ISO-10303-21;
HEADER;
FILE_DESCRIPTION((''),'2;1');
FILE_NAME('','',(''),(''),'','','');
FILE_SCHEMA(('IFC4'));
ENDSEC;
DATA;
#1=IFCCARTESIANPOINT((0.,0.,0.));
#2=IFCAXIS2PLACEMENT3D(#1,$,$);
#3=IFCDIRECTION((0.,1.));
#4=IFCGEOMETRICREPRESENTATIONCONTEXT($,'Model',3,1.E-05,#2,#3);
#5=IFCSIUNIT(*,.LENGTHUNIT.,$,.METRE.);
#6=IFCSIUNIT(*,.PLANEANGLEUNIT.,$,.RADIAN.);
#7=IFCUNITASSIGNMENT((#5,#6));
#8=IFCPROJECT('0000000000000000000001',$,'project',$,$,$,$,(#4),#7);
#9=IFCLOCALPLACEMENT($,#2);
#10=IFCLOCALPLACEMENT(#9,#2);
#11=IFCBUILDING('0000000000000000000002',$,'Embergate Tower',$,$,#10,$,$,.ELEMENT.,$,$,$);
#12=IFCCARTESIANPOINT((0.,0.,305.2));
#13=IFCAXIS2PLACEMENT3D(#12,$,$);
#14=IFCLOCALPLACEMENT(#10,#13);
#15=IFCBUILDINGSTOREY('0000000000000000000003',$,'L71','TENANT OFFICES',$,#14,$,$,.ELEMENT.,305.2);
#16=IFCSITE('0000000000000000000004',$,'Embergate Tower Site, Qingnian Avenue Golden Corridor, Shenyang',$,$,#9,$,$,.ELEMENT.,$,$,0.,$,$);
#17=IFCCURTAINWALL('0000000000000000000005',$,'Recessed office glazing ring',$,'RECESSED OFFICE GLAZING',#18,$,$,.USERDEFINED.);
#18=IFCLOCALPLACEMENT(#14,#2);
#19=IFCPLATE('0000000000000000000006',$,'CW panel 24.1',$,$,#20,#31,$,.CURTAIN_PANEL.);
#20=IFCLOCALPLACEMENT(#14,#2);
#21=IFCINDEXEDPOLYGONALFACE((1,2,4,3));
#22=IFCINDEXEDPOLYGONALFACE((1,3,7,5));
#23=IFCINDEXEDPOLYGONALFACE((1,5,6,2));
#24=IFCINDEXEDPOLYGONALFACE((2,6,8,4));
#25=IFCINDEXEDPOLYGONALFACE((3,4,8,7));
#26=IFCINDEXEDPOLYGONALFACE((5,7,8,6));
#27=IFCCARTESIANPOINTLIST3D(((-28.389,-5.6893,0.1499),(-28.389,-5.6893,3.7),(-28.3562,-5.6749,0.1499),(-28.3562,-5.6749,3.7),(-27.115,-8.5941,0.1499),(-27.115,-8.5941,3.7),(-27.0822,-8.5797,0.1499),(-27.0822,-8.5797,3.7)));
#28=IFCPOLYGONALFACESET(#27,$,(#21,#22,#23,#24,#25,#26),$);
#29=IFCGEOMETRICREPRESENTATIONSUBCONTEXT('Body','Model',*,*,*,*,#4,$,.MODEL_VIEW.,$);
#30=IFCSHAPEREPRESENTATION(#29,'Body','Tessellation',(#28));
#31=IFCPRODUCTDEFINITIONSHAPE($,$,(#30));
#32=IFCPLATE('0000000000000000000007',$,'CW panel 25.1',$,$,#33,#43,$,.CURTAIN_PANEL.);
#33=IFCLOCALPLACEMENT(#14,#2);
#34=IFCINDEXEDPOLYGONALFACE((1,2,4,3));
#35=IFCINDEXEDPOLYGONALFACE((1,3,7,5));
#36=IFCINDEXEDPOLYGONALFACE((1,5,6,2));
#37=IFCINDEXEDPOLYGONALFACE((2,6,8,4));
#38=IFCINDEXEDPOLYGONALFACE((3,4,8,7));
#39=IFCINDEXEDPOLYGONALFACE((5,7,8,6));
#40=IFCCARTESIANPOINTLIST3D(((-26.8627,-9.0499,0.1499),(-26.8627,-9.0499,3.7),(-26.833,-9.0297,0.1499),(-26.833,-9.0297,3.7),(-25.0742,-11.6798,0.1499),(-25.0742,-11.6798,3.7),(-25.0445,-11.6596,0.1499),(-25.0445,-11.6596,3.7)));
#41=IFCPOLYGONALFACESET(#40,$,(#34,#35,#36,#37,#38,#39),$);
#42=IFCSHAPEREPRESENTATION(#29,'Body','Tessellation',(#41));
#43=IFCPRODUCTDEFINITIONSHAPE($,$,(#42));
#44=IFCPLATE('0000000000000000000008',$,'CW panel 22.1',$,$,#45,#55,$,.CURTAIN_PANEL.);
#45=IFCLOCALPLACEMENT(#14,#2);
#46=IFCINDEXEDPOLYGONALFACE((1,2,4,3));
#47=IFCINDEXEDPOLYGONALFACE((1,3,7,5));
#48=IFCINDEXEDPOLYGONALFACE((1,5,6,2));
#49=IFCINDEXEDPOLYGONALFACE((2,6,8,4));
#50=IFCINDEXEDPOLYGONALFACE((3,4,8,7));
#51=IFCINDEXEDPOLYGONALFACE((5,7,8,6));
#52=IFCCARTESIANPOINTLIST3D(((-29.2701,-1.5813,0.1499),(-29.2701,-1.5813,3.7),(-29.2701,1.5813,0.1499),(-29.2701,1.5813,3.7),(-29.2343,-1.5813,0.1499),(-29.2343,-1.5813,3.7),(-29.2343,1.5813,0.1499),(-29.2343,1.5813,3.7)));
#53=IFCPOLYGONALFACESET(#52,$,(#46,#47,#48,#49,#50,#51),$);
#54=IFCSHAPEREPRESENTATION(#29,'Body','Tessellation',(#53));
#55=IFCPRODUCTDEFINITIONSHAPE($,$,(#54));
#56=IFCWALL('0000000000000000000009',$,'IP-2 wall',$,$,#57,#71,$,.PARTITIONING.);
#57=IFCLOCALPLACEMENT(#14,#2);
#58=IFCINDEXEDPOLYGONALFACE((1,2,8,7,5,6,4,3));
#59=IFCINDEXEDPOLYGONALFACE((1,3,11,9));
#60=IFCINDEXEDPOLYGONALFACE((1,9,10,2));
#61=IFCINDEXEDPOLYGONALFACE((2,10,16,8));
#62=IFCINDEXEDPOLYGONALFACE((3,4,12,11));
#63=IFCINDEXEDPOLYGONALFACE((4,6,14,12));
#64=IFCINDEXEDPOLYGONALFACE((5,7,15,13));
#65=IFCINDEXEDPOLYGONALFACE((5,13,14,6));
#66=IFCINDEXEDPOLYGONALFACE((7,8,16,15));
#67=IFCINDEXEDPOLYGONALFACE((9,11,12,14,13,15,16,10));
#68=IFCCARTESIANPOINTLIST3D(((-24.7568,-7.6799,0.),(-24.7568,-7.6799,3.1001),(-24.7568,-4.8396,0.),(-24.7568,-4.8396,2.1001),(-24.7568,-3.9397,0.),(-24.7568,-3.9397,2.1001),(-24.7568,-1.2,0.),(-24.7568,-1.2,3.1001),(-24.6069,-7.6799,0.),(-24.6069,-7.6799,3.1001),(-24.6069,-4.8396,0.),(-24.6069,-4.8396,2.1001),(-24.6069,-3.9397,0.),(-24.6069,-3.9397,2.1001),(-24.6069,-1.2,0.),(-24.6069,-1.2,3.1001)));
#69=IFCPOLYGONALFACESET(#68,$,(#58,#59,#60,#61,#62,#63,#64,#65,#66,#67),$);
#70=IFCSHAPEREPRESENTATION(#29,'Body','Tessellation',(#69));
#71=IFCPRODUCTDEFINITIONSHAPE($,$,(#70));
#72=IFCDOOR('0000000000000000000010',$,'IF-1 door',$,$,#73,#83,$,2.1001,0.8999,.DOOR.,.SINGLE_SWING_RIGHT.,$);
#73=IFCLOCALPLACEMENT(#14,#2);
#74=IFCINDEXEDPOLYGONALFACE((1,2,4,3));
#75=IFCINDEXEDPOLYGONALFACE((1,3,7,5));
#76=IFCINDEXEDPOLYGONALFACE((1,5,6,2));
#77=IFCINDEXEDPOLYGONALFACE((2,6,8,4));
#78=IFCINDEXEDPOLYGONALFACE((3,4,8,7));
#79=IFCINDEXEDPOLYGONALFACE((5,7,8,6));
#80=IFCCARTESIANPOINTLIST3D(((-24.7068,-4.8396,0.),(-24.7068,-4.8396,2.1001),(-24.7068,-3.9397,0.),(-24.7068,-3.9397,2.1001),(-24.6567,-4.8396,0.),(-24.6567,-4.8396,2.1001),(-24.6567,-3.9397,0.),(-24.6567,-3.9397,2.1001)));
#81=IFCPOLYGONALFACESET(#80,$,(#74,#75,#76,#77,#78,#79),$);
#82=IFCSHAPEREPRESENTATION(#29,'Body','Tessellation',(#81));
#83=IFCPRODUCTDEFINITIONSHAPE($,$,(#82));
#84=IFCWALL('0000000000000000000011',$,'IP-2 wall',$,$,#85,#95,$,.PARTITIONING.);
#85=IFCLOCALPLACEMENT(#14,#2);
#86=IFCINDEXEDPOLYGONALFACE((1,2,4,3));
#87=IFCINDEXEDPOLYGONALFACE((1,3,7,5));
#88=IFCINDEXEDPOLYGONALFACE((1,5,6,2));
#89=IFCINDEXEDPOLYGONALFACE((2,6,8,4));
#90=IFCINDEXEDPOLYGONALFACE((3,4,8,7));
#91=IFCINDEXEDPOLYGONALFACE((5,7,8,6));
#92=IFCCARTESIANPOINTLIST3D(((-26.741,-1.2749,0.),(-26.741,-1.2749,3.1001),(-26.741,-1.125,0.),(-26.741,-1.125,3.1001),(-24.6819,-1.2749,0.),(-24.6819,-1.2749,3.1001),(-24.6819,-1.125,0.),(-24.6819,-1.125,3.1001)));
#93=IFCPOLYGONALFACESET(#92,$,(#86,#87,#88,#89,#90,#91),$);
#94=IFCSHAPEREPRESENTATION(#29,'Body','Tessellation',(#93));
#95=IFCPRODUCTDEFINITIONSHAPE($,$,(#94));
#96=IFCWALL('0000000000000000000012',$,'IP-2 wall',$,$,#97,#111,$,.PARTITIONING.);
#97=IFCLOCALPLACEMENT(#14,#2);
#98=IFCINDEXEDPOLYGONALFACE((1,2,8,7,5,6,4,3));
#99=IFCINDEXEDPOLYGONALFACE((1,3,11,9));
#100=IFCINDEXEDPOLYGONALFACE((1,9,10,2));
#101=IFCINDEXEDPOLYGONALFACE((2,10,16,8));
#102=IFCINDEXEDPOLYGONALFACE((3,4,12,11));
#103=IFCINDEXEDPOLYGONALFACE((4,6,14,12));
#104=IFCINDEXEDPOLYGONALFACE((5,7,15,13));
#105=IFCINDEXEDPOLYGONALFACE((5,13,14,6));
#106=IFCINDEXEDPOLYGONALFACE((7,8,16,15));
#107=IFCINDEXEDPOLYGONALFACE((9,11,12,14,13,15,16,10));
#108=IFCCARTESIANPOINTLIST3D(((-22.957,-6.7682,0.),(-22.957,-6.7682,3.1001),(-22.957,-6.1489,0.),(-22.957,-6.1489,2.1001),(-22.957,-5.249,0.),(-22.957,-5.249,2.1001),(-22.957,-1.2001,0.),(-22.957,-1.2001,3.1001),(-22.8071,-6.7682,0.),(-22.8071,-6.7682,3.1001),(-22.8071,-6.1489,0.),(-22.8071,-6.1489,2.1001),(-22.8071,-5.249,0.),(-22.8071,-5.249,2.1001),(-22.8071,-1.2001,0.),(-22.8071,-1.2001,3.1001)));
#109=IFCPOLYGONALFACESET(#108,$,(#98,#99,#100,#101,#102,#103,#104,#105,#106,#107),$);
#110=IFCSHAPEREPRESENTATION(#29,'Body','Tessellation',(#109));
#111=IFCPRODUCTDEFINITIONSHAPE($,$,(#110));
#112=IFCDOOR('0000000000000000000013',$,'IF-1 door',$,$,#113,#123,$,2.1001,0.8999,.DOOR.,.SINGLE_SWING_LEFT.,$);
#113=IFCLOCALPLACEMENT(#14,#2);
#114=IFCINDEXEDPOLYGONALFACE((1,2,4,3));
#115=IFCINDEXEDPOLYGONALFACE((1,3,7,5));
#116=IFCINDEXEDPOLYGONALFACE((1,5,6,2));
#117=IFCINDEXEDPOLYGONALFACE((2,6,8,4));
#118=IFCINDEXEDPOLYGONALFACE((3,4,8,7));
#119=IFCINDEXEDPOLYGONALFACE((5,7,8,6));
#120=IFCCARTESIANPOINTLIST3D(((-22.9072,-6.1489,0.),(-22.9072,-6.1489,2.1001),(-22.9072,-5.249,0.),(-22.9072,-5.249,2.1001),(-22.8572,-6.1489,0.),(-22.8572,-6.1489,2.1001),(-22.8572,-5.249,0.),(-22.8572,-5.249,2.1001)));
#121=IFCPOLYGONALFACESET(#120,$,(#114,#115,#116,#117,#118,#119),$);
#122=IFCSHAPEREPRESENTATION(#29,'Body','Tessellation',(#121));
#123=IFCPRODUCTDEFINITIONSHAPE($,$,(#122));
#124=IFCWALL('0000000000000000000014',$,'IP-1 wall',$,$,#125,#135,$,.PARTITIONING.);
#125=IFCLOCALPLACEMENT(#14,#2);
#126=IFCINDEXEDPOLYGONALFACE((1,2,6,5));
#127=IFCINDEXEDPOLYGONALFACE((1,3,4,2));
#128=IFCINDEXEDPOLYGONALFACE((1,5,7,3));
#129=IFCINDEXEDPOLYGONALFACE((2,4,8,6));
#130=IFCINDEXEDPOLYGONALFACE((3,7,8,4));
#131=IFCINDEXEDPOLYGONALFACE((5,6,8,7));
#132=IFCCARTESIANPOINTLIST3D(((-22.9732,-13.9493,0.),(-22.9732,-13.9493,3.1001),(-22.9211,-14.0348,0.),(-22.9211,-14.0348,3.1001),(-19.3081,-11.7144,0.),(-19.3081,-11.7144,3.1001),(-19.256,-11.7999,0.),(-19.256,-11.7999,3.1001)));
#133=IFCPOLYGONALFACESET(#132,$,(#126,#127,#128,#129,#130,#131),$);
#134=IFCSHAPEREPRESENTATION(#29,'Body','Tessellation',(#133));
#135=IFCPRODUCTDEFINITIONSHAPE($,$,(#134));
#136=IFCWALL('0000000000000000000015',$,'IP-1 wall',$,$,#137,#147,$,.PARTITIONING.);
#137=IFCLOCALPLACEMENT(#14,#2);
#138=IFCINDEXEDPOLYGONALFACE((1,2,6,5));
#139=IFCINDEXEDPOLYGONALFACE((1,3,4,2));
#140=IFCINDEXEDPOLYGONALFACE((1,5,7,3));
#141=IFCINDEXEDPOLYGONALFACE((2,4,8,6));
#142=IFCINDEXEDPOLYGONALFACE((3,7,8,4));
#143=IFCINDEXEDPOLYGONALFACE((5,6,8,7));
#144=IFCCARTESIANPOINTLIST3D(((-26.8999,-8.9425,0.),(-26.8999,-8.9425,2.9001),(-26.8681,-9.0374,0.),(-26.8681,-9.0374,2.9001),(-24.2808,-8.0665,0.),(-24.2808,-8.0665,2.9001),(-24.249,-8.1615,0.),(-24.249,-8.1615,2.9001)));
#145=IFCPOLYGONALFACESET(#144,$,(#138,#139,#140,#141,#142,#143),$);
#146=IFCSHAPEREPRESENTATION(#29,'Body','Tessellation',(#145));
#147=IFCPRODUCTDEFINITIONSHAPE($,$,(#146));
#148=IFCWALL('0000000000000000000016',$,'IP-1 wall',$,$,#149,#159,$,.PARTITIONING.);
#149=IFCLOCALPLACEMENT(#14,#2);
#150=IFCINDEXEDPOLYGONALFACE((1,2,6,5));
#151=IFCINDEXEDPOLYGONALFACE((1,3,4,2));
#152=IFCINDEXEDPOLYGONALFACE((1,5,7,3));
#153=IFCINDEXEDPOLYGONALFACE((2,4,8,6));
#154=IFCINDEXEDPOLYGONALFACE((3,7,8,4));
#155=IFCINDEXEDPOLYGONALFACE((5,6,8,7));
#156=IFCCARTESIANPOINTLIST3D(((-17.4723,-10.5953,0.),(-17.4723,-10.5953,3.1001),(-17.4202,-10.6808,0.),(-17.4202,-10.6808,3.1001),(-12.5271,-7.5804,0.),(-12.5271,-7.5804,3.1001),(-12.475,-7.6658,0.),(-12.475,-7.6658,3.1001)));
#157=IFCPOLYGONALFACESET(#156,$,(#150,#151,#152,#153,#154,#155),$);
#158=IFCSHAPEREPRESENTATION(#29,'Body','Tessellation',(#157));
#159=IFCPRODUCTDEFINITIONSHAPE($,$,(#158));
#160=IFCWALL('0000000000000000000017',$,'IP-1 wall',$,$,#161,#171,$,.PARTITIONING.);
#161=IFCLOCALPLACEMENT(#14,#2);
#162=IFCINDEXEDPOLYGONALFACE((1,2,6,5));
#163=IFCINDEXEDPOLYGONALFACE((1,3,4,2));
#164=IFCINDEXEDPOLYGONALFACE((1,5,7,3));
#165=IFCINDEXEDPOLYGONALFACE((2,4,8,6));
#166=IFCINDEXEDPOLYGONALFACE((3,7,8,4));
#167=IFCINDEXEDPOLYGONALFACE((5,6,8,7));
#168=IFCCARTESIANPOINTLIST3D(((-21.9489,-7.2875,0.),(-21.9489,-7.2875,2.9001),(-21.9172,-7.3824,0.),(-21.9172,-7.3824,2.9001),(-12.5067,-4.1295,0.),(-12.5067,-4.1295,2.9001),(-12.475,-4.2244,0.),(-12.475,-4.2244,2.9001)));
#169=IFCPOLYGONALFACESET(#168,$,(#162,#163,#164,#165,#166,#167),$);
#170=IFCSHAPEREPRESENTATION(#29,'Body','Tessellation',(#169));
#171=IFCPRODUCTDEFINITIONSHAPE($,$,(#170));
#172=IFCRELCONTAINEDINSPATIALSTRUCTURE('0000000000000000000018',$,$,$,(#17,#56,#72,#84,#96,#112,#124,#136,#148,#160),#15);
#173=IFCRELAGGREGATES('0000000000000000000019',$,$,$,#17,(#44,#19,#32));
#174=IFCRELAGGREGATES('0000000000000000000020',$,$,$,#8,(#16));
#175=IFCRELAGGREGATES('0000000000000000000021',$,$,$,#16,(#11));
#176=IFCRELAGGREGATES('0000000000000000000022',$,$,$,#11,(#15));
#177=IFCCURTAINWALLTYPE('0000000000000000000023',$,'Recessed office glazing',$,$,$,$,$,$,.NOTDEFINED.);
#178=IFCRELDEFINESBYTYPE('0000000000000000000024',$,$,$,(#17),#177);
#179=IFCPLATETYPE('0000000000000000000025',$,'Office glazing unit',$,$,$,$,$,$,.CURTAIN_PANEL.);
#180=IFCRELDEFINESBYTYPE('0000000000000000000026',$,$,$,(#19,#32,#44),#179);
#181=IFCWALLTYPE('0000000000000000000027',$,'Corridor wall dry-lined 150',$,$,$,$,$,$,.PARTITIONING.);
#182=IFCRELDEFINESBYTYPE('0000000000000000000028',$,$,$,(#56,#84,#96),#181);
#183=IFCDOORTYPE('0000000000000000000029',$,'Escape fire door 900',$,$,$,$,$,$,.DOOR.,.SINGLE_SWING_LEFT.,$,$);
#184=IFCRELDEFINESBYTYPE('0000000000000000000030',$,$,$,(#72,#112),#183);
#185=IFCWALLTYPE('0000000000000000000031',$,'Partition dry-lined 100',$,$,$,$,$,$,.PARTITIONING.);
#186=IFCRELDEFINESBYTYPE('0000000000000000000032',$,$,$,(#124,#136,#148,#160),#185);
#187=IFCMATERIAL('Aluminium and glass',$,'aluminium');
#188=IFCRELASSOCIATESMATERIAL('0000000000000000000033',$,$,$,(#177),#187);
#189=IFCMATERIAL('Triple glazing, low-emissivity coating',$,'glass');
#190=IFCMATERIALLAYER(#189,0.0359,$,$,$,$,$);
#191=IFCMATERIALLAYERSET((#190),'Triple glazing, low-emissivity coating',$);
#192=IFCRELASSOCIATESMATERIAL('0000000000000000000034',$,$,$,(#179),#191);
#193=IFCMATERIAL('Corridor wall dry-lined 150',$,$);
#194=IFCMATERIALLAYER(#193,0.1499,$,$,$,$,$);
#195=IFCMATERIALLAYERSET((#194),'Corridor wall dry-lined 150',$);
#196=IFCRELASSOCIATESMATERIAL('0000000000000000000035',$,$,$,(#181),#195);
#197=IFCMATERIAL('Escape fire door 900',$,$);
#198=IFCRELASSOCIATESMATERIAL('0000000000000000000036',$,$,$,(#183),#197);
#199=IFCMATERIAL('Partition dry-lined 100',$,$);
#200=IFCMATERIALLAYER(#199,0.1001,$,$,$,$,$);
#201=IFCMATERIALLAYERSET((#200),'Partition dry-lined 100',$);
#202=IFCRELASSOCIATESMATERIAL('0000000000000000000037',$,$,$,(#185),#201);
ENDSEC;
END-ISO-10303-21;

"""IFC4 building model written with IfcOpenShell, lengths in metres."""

from ifc_helpers import new_model, si_unit, direction, frame, frame_2d, origin, origin_2d, place, context, subcontext, project, spatial, rectangle, extrude, source, transform, mapped, material, layer, layer_set, type_object, element, fill, aggregate, save


model = new_model("IFC4")

# Units and contexts
model_context = context("Model", 3, precision=1e-05, world=origin(), true_north=direction((0.0, 1.0)))
body_context = subcontext(model_context, "Body", "Model", "MODEL_VIEW")
ifc_project = project(units=[si_unit("LENGTHUNIT", "METRE"), si_unit("PLANEANGLEUNIT", "RADIAN")], contexts=[model_context])

# Site, building, storey
site_placement = place(None, origin())
site = spatial("IfcSite", under=ifc_project, at=site_placement, Name="Embergate Tower Site, Qingnian Avenue Golden Corridor, Shenyang", CompositionType="ELEMENT", RefElevation=0.0)
building_placement = place(site_placement, origin())
building = spatial("IfcBuilding", under=site, at=building_placement, Name="Embergate Tower", CompositionType="ELEMENT")
storey_placement = place(building_placement, frame((0.0, 0.0, 305.2)))
storey = spatial("IfcBuildingStorey", under=building, at=storey_placement, Name="L71", Description="TENANT OFFICES", CompositionType="ELEMENT", Elevation=305.2)

# Curtain wall, plates
ifc_material_1 = material(Name="Aluminium and glass", Category="aluminium")
curtain_wall_type = type_object("IfcCurtainWallType", Name="Recessed office glazing", PredefinedType="NOTDEFINED", material=ifc_material_1)
curtain_wall_placement = place(storey_placement, origin())
curtain_wall = element("IfcCurtainWall", 1, at=curtain_wall_placement, inside=storey, type_object=curtain_wall_type, Name="Recessed office glazing ring", ObjectType="RECESSED OFFICE GLAZING", PredefinedType="USERDEFINED")
ifc_material_2 = material(Name="Triple glazing, low-emissivity coating", Category="glass")
ifc_layer_1 = layer(ifc_material_2, 0.0359)
ifc_layer_set_1 = layer_set([ifc_layer_1], Name="Triple glazing, low-emissivity coating")
plate_type = type_object("IfcPlateType", Name="Office glazing unit", PredefinedType="CURTAIN_PANEL", material=ifc_layer_set_1)
shared_shape_1 = source(origin(), body_context, "Body", "SweptSolid", [
    extrude(rectangle(XDim=3.1719, YDim=0.0359, at=origin_2d()), origin(), (0.0, 0.0, 1.0), 3.55),
])
plate_1_placement = place(storey_placement, frame((-27.7356, -7.1345, 0.1499), z_axis=(0.0, 0.0, 1.0), x_axis=(0.401652, -0.915792, 0.0)))
plate_1 = element("IfcPlate", 2, at=plate_1_placement, type_object=plate_type, Name="CW panel 24.1", PredefinedType="CURTAIN_PANEL", context=body_context, shape_type="MappedRepresentation", body=[
    mapped(shared_shape_1, transform((0.0, 0.0, 0.0))),
])
shared_shape_2 = source(origin(), body_context, "Body", "SweptSolid", [
    extrude(rectangle(XDim=3.1804, YDim=0.0359, at=origin_2d()), origin(), (0.0, 0.0, 1.0), 3.55),
])
plate_2_placement = place(storey_placement, frame((-25.9536, -10.3547, 0.1499), z_axis=(0.0, 0.0, 1.0), x_axis=(0.562342, -0.826905, 0.0)))
plate_2 = element("IfcPlate", 3, at=plate_2_placement, type_object=plate_type, Name="CW panel 25.1", PredefinedType="CURTAIN_PANEL", context=body_context, shape_type="MappedRepresentation", body=[
    mapped(shared_shape_2, transform((0.0, 0.0, 0.0))),
])
shared_shape_3 = source(origin(), body_context, "Body", "SweptSolid", [
    extrude(rectangle(XDim=3.1626, YDim=0.0359, at=origin_2d()), origin(), (0.0, 0.0, 1.0), 3.55),
])
plate_3_placement = place(storey_placement, frame((-29.2522, 0.0, 0.1499), z_axis=(0.0, 0.0, 1.0), x_axis=(0.0, -1.0, 0.0)))
plate_3 = element("IfcPlate", 4, at=plate_3_placement, type_object=plate_type, Name="CW panel 22.1", PredefinedType="CURTAIN_PANEL", context=body_context, shape_type="MappedRepresentation", body=[
    mapped(shared_shape_3, transform((0.0, 0.0, 0.0))),
])
aggregate(curtain_wall, [plate_3, plate_1, plate_2])

# Wall, opening, door
ifc_material_3 = material(Name="Corridor wall dry-lined 150")
ifc_layer_2 = layer(ifc_material_3, 0.1499)
ifc_layer_set_2 = layer_set([ifc_layer_2], Name="Corridor wall dry-lined 150")
wall_type_1 = type_object("IfcWallType", Name="Corridor wall dry-lined 150", PredefinedType="PARTITIONING", material=ifc_layer_set_2)
shared_shape_4 = source(origin(), body_context, "Body", "SweptSolid", [
    extrude(rectangle(XDim=6.48, YDim=0.1499, at=frame_2d((3.24, 0.0))), origin(), (0.0, 0.0, 1.0), 3.1001),
])
wall_1_placement = place(storey_placement, frame((-24.6819, -7.6799, 0.0), z_axis=(0.0, 0.0, 1.0), x_axis=(0.0, 1.0, 0.0)))
wall_1 = element("IfcWall", 5, at=wall_1_placement, inside=storey, type_object=wall_type_1, Name="IP-2 wall", PredefinedType="PARTITIONING", context=body_context, shape_type="MappedRepresentation", body=[
    mapped(shared_shape_4, transform((0.0, 0.0, 0.0))),
])
shared_shape_5 = source(origin(), body_context, "Body", "SweptSolid", [
    extrude(rectangle(XDim=0.8999, YDim=2.1001, at=frame_2d((0.45, 1.05))), frame((0.0, 0.085, 0.0), z_axis=(0.0, -1.0, 0.0), x_axis=(1.0, 0.0, 0.0)), (0.0, 0.0, 1.0), 0.1699),
])
opening_1_placement = place(wall_1_placement, frame((2.8403, 0.0, 0.0)))
opening_1 = element("IfcOpeningElement", 6, at=opening_1_placement, cuts=wall_1, PredefinedType="OPENING", context=body_context, shape_type="MappedRepresentation", body=[
    mapped(shared_shape_5, transform((0.0, 0.0, 0.0))),
])
ifc_material_4 = material(Name="Escape fire door 900")
door_type = type_object("IfcDoorType", Name="Escape fire door 900", OperationType="SINGLE_SWING_LEFT", PredefinedType="DOOR", material=ifc_material_4)
shared_shape_6 = source(origin(), body_context, "Body", "SweptSolid", [
    extrude(rectangle(XDim=0.8999, YDim=2.1001, at=frame_2d((0.45, 1.05))), frame((0.0, 0.0249, 0.0), z_axis=(0.0, -1.0, 0.0), x_axis=(1.0, 0.0, 0.0)), (0.0, 0.0, 1.0), 0.05),
])
door_1_placement = place(opening_1_placement, origin())
door_1 = element("IfcDoor", 7, at=door_1_placement, inside=storey, type_object=door_type, Name="IF-1 door", OperationType="SINGLE_SWING_RIGHT", OverallHeight=2.1001, OverallWidth=0.8999, PredefinedType="DOOR", context=body_context, shape_type="MappedRepresentation", body=[
    mapped(shared_shape_6, transform((0.0, 0.0, 0.0))),
])
fill(opening_1, door_1)

# Wall
shared_shape_7 = source(origin(), body_context, "Body", "SweptSolid", [
    extrude(rectangle(XDim=2.0591, YDim=0.1499, at=frame_2d((1.0295, 0.0))), origin(), (0.0, 0.0, 1.0), 3.1001),
])
wall_2_placement = place(storey_placement, frame((-24.6819, -1.2, 0.0), z_axis=(0.0, 0.0, 1.0), x_axis=(-1.0, 0.0, 0.0)))
element("IfcWall", 8, at=wall_2_placement, inside=storey, type_object=wall_type_1, Name="IP-2 wall", PredefinedType="PARTITIONING", context=body_context, shape_type="MappedRepresentation", body=[
    mapped(shared_shape_7, transform((0.0, 0.0, 0.0))),
])

# Wall, opening, door
shared_shape_8 = source(origin(), body_context, "Body", "SweptSolid", [
    extrude(rectangle(XDim=5.5681, YDim=0.1499, at=frame_2d((2.7842, 0.0))), origin(), (0.0, 0.0, 1.0), 3.1001),
])
wall_3_placement = place(storey_placement, frame((-22.8821, -1.2, 0.0), z_axis=(0.0, 0.0, 1.0), x_axis=(0.0, -1.0, 0.0)))
wall_3 = element("IfcWall", 9, at=wall_3_placement, inside=storey, type_object=wall_type_1, Name="IP-2 wall", PredefinedType="PARTITIONING", context=body_context, shape_type="MappedRepresentation", body=[
    mapped(shared_shape_8, transform((0.0, 0.0, 0.0))),
])
opening_2_placement = place(wall_3_placement, frame((4.0491, 0.0, 0.0)))
opening_2 = element("IfcOpeningElement", 10, at=opening_2_placement, cuts=wall_3, PredefinedType="OPENING", context=body_context, shape_type="MappedRepresentation", body=[
    mapped(shared_shape_5, transform((0.0, 0.0, 0.0))),
])
door_2_placement = place(opening_2_placement, origin())
door_2 = element("IfcDoor", 11, at=door_2_placement, inside=storey, type_object=door_type, Name="IF-1 door", OperationType="SINGLE_SWING_LEFT", OverallHeight=2.1001, OverallWidth=0.8999, PredefinedType="DOOR", context=body_context, shape_type="MappedRepresentation", body=[
    mapped(shared_shape_6, transform((0.0, 0.0, 0.0))),
])
fill(opening_2, door_2)

# Walls
ifc_material_5 = material(Name="Partition dry-lined 100")
ifc_layer_3 = layer(ifc_material_5, 0.1001)
ifc_layer_set_3 = layer_set([ifc_layer_3], Name="Partition dry-lined 100")
wall_type_2 = type_object("IfcWallType", Name="Partition dry-lined 100", PredefinedType="PARTITIONING", material=ifc_layer_set_3)
shared_shape_9 = source(origin(), body_context, "Body", "SweptSolid", [
    extrude(rectangle(XDim=4.2927, YDim=0.1001, at=frame_2d((2.1465, 0.0))), origin(), (0.0, 0.0, 1.0), 3.1001),
])
wall_4_placement = place(storey_placement, frame((-19.282, -11.7571, 0.0), z_axis=(0.0, 0.0, 1.0), x_axis=(-0.853788, -0.520622, 0.0)))
element("IfcWall", 12, at=wall_4_placement, inside=storey, type_object=wall_type_2, Name="IP-1 wall", PredefinedType="PARTITIONING", context=body_context, shape_type="MappedRepresentation", body=[
    mapped(shared_shape_9, transform((0.0, 0.0, 0.0))),
])
shared_shape_10 = source(origin(), body_context, "Body", "SweptSolid", [
    extrude(rectangle(XDim=2.7617, YDim=0.1001, at=frame_2d((1.3809, 0.0))), origin(), (0.0, 0.0, 1.0), 2.9001),
])
wall_5_placement = place(storey_placement, frame((-24.2649, -8.114, 0.0), z_axis=(0.0, 0.0, 1.0), x_axis=(-0.948365, -0.317182, 0.0)))
element("IfcWall", 13, at=wall_5_placement, inside=storey, type_object=wall_type_2, Name="IP-1 wall", PredefinedType="PARTITIONING", context=body_context, shape_type="MappedRepresentation", body=[
    mapped(shared_shape_10, transform((0.0, 0.0, 0.0))),
])
shared_shape_11 = source(origin(), body_context, "Body", "SweptSolid", [
    extrude(rectangle(XDim=5.7917, YDim=0.1001, at=frame_2d((2.896, 0.0))), origin(), (0.0, 0.0, 1.0), 3.1001),
])
wall_6_placement = place(storey_placement, frame((-12.501, -7.623, 0.0), z_axis=(0.0, 0.0, 1.0), x_axis=(-0.853826, -0.520558, 0.0)))
element("IfcWall", 14, at=wall_6_placement, inside=storey, type_object=wall_type_2, Name="IP-1 wall", PredefinedType="PARTITIONING", context=body_context, shape_type="MappedRepresentation", body=[
    mapped(shared_shape_11, transform((0.0, 0.0, 0.0))),
])
shared_shape_12 = source(origin(), body_context, "Body", "SweptSolid", [
    extrude(rectangle(XDim=9.9563, YDim=0.1001, at=frame_2d((4.978, 0.0))), origin(), (0.0, 0.0, 1.0), 2.9001),
])
wall_7_placement = place(storey_placement, frame((-12.491, -4.177, 0.0), z_axis=(0.0, 0.0, 1.0), x_axis=(-0.948364, -0.317184, 0.0)))
element("IfcWall", 15, at=wall_7_placement, inside=storey, type_object=wall_type_2, Name="IP-1 wall", PredefinedType="PARTITIONING", context=body_context, shape_type="MappedRepresentation", body=[
    mapped(shared_shape_12, transform((0.0, 0.0, 0.0))),
])

save(model, "model.ifc")
